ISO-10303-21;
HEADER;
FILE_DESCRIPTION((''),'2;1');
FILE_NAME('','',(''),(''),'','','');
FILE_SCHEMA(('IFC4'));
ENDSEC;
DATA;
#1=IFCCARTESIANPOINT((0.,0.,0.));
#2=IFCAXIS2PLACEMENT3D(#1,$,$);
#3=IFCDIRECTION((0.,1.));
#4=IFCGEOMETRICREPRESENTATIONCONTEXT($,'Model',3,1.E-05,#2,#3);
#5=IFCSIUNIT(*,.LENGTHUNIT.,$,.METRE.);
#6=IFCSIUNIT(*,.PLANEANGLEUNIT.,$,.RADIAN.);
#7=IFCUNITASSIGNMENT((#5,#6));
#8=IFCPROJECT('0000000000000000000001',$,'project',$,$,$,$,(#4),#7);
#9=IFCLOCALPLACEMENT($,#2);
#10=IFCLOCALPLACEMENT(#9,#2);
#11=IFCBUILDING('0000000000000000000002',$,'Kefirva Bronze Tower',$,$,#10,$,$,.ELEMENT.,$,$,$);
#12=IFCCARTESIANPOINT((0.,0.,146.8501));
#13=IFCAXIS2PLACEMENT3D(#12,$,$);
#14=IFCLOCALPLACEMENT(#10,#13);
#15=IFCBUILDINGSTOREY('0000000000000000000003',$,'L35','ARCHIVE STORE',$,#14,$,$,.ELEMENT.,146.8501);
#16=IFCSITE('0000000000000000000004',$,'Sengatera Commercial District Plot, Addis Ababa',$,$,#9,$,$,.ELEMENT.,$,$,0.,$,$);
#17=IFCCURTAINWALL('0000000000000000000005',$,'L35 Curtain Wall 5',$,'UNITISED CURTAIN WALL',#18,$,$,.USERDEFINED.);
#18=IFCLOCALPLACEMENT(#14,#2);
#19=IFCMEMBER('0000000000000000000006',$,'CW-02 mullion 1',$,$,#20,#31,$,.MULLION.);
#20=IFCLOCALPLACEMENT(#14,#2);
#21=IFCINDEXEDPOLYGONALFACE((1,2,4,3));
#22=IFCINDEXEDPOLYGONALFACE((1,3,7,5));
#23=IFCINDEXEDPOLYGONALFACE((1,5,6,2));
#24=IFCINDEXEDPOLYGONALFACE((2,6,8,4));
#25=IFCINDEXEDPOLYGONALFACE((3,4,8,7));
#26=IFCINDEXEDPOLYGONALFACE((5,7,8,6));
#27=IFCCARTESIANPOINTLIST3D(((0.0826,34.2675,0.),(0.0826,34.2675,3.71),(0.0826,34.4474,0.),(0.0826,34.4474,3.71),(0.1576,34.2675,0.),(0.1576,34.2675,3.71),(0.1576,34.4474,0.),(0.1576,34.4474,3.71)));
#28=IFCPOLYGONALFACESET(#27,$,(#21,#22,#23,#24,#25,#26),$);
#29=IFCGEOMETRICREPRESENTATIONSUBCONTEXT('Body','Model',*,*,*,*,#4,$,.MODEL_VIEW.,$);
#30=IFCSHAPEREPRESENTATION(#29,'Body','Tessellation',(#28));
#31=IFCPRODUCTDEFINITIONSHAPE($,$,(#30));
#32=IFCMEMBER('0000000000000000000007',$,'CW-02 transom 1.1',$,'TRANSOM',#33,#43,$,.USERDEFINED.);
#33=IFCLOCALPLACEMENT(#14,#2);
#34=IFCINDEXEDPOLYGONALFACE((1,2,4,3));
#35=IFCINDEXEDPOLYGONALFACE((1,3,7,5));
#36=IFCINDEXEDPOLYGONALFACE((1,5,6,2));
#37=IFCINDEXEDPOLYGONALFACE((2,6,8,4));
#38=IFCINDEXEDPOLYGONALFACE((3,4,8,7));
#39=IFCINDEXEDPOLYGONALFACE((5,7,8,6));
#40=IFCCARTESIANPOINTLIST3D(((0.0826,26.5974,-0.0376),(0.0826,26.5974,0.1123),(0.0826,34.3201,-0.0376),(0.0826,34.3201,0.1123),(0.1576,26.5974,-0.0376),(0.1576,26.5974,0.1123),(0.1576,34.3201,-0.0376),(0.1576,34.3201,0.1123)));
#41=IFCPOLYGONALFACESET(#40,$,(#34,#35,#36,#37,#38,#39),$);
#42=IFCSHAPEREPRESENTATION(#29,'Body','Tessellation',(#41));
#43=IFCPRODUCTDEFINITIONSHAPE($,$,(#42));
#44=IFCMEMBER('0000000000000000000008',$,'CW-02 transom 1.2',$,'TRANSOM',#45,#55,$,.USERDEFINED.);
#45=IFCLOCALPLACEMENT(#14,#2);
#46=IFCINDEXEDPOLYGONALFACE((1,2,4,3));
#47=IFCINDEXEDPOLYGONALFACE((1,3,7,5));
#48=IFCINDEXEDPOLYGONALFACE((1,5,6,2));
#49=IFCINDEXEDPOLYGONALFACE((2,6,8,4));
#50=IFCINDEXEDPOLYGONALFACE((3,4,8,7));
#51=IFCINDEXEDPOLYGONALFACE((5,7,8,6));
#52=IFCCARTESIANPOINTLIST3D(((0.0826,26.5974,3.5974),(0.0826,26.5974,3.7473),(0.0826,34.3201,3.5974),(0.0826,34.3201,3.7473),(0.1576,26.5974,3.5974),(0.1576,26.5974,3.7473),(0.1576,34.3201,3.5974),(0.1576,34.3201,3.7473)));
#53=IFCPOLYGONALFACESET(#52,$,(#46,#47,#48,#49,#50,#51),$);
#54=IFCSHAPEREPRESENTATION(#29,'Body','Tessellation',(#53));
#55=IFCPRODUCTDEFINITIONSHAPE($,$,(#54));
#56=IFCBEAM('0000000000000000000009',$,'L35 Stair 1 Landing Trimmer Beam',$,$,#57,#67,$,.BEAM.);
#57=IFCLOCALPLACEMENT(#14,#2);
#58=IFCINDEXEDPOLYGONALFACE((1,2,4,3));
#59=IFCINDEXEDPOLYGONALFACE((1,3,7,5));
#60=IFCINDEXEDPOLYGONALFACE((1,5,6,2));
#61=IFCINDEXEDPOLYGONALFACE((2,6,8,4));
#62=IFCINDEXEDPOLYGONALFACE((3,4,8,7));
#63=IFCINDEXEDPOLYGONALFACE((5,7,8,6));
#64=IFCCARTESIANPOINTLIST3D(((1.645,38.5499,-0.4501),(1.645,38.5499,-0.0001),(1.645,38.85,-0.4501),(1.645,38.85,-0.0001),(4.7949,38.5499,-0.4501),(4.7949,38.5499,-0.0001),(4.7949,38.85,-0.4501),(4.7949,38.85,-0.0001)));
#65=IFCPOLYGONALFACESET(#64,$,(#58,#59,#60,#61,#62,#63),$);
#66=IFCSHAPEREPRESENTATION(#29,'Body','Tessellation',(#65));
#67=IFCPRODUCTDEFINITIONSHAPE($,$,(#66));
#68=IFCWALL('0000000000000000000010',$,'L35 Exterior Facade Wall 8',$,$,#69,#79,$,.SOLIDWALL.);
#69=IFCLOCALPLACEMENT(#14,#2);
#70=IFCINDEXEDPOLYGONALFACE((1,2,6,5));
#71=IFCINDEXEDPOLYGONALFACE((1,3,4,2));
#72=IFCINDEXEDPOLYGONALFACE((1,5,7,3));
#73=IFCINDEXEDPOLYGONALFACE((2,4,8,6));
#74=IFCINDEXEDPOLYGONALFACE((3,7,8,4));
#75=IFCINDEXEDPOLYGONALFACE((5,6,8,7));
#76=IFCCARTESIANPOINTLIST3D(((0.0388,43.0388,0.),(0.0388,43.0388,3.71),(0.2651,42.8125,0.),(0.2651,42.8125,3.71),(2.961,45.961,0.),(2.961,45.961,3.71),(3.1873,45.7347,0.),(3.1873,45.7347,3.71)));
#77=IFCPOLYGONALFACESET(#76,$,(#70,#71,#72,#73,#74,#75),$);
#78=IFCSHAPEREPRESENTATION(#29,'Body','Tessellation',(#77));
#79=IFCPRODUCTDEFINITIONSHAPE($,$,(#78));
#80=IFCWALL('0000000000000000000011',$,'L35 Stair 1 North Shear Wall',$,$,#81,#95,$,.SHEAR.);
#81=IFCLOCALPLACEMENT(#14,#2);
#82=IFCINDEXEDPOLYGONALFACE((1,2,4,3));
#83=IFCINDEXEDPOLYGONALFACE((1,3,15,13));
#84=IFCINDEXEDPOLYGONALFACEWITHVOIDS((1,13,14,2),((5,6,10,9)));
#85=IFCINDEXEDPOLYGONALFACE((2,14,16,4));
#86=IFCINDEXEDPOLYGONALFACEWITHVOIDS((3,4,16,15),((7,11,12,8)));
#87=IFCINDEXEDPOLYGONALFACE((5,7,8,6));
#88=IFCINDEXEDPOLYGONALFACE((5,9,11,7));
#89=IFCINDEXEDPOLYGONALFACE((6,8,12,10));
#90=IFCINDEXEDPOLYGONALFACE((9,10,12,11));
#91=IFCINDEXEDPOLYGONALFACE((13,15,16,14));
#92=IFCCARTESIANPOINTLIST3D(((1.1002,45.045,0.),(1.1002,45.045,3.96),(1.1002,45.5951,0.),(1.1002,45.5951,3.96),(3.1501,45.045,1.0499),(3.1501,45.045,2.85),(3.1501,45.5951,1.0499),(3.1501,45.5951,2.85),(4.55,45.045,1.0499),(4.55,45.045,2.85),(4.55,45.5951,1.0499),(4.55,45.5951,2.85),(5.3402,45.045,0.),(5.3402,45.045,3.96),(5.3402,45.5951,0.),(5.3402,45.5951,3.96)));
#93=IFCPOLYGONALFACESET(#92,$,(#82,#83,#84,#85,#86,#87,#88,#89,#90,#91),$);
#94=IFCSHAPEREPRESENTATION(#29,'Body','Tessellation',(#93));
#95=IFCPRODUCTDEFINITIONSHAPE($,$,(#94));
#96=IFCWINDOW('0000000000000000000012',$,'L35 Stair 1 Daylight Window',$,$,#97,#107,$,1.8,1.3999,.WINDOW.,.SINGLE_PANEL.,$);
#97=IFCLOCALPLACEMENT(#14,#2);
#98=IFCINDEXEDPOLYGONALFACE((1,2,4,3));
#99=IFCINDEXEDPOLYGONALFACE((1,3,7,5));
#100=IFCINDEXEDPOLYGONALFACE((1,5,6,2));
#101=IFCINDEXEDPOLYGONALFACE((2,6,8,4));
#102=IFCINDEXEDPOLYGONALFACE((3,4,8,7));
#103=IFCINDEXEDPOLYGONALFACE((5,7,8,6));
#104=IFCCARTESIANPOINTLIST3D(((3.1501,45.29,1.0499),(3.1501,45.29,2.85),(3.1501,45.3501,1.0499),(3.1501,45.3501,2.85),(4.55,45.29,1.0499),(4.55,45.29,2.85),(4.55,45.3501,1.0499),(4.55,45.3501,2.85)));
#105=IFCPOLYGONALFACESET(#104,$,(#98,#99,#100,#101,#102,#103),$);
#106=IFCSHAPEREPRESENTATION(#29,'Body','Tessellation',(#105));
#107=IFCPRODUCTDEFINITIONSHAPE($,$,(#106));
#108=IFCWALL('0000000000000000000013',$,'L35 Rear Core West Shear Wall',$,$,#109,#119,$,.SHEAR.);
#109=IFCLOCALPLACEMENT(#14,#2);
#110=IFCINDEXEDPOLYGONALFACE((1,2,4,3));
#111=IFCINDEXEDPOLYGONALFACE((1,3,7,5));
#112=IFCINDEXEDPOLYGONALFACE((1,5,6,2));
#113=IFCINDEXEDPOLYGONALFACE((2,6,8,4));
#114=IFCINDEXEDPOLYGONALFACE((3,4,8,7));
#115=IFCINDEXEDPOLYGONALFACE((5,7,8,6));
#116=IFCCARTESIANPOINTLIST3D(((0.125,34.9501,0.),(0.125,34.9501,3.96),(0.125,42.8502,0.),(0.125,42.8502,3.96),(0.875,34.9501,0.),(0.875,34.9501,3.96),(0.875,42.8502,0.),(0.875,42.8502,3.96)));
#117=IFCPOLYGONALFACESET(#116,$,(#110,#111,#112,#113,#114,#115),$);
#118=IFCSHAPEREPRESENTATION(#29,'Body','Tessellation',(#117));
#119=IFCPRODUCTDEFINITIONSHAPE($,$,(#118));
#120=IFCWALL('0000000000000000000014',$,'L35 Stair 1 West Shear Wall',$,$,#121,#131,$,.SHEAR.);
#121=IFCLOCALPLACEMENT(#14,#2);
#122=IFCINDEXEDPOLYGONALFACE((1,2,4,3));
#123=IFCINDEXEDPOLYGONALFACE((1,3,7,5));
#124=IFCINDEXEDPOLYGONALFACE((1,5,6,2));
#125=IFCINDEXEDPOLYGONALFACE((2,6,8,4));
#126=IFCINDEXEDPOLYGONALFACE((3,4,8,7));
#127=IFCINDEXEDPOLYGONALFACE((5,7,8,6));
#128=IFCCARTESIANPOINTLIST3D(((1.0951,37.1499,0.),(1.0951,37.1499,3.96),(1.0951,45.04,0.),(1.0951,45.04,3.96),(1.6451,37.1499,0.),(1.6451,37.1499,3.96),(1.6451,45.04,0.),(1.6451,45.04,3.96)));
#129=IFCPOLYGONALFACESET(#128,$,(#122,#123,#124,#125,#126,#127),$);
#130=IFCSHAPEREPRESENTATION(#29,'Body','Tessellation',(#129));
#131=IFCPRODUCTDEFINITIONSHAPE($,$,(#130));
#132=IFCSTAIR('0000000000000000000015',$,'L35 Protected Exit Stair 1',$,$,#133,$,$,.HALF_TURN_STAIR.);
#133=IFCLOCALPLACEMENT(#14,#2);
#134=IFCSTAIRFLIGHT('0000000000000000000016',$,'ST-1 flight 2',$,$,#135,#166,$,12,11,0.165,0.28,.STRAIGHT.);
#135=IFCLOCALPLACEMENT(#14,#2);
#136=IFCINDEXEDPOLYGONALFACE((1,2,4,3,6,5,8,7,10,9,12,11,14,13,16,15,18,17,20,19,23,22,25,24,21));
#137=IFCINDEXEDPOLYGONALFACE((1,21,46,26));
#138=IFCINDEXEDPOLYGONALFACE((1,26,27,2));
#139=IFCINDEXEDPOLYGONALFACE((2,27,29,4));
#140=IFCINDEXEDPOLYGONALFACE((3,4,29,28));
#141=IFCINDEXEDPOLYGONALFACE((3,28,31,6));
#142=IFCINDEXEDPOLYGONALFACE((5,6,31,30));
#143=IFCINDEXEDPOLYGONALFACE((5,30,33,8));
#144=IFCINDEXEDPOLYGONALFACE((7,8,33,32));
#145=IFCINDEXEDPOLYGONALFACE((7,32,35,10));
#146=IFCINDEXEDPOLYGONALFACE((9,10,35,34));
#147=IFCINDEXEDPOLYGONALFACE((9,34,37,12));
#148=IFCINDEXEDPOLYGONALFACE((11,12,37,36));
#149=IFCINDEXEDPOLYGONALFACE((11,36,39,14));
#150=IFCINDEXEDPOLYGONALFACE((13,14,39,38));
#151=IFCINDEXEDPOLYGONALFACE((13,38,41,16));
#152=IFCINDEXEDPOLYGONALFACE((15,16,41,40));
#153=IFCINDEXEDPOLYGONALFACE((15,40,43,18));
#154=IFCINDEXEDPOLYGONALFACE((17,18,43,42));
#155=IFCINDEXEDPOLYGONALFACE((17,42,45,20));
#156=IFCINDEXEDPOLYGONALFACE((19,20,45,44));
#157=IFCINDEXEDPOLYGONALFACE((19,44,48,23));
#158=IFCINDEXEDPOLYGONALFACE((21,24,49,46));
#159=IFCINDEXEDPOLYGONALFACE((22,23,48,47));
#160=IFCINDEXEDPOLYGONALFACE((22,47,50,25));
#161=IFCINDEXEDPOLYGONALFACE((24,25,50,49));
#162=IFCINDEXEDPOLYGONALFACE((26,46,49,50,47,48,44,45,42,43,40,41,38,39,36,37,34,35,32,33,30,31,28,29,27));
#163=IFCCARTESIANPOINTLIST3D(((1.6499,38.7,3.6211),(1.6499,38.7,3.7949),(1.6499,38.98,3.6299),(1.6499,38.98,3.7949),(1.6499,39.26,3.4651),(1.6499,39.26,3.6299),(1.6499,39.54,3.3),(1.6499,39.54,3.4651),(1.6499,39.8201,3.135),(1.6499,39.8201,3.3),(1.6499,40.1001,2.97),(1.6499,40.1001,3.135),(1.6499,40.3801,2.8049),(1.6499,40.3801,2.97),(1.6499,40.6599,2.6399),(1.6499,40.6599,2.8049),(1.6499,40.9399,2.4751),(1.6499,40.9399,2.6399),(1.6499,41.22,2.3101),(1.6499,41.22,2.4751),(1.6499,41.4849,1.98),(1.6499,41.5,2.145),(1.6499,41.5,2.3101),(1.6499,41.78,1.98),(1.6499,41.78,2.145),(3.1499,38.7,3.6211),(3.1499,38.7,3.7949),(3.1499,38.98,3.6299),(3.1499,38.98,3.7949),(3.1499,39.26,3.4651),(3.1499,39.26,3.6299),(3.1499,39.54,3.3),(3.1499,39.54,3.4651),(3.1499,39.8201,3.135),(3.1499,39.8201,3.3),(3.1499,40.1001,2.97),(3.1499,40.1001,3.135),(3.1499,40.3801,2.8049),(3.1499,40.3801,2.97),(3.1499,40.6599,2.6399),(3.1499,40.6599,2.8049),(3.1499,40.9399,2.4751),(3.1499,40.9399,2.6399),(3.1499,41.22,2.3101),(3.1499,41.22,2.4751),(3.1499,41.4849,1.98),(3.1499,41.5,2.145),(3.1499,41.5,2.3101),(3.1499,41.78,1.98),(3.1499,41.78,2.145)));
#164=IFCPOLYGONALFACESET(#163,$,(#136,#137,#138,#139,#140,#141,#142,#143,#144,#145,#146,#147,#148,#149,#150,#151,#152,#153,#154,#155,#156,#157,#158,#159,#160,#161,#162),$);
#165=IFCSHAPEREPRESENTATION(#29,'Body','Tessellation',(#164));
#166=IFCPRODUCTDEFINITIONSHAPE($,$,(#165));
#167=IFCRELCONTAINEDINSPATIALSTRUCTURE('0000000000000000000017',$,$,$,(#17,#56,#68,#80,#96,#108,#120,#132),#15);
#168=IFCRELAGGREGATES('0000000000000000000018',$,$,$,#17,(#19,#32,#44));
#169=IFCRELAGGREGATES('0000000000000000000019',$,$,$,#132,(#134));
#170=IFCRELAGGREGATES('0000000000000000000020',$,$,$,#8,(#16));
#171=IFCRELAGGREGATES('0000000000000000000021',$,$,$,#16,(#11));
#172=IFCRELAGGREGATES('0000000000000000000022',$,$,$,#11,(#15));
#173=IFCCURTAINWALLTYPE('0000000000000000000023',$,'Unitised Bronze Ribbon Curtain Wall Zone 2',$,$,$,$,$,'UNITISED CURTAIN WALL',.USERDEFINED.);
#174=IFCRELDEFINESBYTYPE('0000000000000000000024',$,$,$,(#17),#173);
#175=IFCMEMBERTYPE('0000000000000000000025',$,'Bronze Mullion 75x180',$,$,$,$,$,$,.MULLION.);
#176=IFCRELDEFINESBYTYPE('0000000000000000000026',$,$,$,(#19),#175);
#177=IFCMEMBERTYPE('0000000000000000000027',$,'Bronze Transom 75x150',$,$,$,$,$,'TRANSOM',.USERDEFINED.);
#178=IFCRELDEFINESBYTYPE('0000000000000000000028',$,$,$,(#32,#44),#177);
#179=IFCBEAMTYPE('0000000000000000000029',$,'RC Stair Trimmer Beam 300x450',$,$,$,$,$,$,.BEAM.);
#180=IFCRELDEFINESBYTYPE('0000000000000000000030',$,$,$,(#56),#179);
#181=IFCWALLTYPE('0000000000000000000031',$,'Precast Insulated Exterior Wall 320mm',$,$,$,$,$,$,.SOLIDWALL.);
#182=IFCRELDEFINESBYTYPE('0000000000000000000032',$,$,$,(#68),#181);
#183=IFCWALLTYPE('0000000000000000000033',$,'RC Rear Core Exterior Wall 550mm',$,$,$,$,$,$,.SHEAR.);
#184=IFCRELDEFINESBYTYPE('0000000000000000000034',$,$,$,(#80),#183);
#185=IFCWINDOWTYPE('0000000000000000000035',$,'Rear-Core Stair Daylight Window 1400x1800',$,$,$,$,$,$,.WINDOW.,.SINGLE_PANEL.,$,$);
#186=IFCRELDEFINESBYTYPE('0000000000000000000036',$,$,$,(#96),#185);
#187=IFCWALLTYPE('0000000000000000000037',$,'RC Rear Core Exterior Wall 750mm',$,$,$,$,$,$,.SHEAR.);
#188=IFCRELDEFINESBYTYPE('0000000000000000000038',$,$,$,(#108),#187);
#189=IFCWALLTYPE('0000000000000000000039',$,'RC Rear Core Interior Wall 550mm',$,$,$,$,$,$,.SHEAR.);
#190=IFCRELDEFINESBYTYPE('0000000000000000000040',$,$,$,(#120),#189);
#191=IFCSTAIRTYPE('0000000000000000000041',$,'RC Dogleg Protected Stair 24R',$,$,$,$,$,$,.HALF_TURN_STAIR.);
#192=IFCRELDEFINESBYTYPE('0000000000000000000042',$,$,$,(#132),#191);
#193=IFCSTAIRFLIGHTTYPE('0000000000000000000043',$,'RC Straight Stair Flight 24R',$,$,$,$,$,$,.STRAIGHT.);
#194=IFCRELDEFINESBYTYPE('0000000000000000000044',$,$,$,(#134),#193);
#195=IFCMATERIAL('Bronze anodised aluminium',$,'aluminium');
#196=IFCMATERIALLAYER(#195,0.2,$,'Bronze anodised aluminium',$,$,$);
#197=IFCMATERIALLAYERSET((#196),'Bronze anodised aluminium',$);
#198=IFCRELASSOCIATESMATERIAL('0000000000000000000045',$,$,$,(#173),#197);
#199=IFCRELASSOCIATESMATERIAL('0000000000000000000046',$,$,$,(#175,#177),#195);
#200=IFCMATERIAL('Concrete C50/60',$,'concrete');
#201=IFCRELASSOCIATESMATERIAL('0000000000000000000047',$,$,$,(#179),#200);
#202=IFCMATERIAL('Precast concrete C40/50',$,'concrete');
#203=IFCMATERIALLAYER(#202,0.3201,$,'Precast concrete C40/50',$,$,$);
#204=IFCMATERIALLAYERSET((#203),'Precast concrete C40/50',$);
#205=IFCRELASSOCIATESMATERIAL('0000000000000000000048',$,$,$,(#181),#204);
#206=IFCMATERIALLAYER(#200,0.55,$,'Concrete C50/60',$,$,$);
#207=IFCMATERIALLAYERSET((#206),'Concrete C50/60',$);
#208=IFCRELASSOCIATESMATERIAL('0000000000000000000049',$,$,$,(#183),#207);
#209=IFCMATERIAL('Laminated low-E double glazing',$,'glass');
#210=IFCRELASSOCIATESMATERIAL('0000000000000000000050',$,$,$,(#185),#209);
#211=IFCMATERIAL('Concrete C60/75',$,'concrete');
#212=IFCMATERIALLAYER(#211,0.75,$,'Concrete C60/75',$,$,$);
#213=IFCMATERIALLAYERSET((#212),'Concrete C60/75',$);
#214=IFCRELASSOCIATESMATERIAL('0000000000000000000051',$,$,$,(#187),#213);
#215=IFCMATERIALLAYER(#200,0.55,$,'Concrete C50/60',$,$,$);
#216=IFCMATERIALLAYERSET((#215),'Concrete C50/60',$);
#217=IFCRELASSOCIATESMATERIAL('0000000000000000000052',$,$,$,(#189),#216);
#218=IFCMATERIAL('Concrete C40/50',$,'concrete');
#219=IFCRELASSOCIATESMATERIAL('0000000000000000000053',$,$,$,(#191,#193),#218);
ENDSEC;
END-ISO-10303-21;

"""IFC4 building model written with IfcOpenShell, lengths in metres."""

from ifc_helpers import new_model, si_unit, direction, frame, frame_2d, origin, origin_2d, place, context, subcontext, project, spatial, polyline, rectangle, outline, extrude, material, layer, layer_set, material_profile, profile_set, type_object, element, fill, aggregate, save


model = new_model("IFC4")

# Units and contexts
model_context = context("Model", 3, precision=1e-05, world=origin(), true_north=direction((0.0, 1.0)))
body_context = subcontext(model_context, "Body", "Model", "MODEL_VIEW")
ifc_project = project(units=[si_unit("LENGTHUNIT", "METRE"), si_unit("PLANEANGLEUNIT", "RADIAN")], contexts=[model_context])

# Site, building, storey
site_placement = place(None, origin())
site = spatial("IfcSite", under=ifc_project, at=site_placement, Name="Sengatera Commercial District Plot, Addis Ababa", CompositionType="ELEMENT", RefElevation=0.0)
building_placement = place(site_placement, origin())
building = spatial("IfcBuilding", under=site, at=building_placement, Name="Kefirva Bronze Tower", CompositionType="ELEMENT")
storey_placement = place(building_placement, frame((0.0, 0.0, 146.8501)))
storey = spatial("IfcBuildingStorey", under=building, at=storey_placement, Name="L35", Description="ARCHIVE STORE", CompositionType="ELEMENT", Elevation=146.8501)

# Curtain wall, members
ifc_material_1 = material(Name="Bronze anodised aluminium", Category="aluminium")
ifc_layer_1 = layer(ifc_material_1, 0.2, Name="Bronze anodised aluminium")
ifc_layer_set_1 = layer_set([ifc_layer_1], Name="Bronze anodised aluminium")
curtain_wall_type = type_object("IfcCurtainWallType", Name="Unitised Bronze Ribbon Curtain Wall Zone 2", ElementType="UNITISED CURTAIN WALL", PredefinedType="USERDEFINED", material=ifc_layer_set_1)
curtain_wall_placement = place(storey_placement, origin())
curtain_wall = element("IfcCurtainWall", 1, at=curtain_wall_placement, inside=storey, type_object=curtain_wall_type, Name="L35 Curtain Wall 5", ObjectType="UNITISED CURTAIN WALL", PredefinedType="USERDEFINED")
ifc_material_profile_1 = material_profile(ifc_material_1, rectangle(XDim=0.075, YDim=0.1799, at=origin_2d()), Name="ALU 75x180")
ifc_profile_set_1 = profile_set([ifc_material_profile_1], Name="Bronze anodised aluminium")
member_type_1 = type_object("IfcMemberType", Name="Bronze Mullion 75x180", PredefinedType="MULLION", material=ifc_profile_set_1)
member_1_placement = place(storey_placement, frame((0.1201, 34.3574, 0.0), z_axis=(0.0, 0.0, 1.0), x_axis=(1.0, 0.0, 0.0)))
member_1 = element("IfcMember", 2, at=member_1_placement, type_object=member_type_1, Name="CW-02 mullion 1", PredefinedType="MULLION", context=body_context, shape_type="SweptSolid", body=[
    extrude(rectangle(XDim=0.075, YDim=0.1799, at=origin_2d()), origin(), (0.0, 0.0, 1.0), 3.71),
])
ifc_material_profile_2 = material_profile(ifc_material_1, rectangle(XDim=0.075, YDim=0.1499, at=origin_2d()), Name="ALU 75x150")
ifc_profile_set_2 = profile_set([ifc_material_profile_2], Name="Bronze anodised aluminium")
member_type_2 = type_object("IfcMemberType", Name="Bronze Transom 75x150", ElementType="TRANSOM", PredefinedType="USERDEFINED", material=ifc_profile_set_2)
member_2_placement = place(storey_placement, frame((0.1201, 34.3201, 0.0374), z_axis=(0.0, -1.0, 0.0), x_axis=(1.0, 0.0, 0.0)))
member_2 = element("IfcMember", 3, at=member_2_placement, type_object=member_type_2, Name="CW-02 transom 1.1", ObjectType="TRANSOM", PredefinedType="USERDEFINED", context=body_context, shape_type="SweptSolid", body=[
    extrude(rectangle(XDim=0.075, YDim=0.1499, at=origin_2d()), origin(), (0.0, 0.0, 1.0), 7.7227),
])
member_3_placement = place(storey_placement, frame((0.1201, 34.3201, 3.6724), z_axis=(0.0, -1.0, 0.0), x_axis=(1.0, 0.0, 0.0)))
member_3 = element("IfcMember", 4, at=member_3_placement, type_object=member_type_2, Name="CW-02 transom 1.2", ObjectType="TRANSOM", PredefinedType="USERDEFINED", context=body_context, shape_type="SweptSolid", body=[
    extrude(rectangle(XDim=0.075, YDim=0.1499, at=origin_2d()), origin(), (0.0, 0.0, 1.0), 7.7227),
])
aggregate(curtain_wall, [member_1, member_2, member_3])

# Beam
ifc_material_2 = material(Name="Concrete C50/60", Category="concrete")
ifc_material_profile_3 = material_profile(ifc_material_2, rectangle(XDim=0.3, YDim=0.45, at=origin_2d()), Name="RC 300x450")
ifc_profile_set_3 = profile_set([ifc_material_profile_3], Name="Concrete C50/60")
beam_type = type_object("IfcBeamType", Name="RC Stair Trimmer Beam 300x450", PredefinedType="BEAM", material=ifc_profile_set_3)
beam_placement = place(storey_placement, frame((1.645, 38.7, -0.2251), z_axis=(1.0, 0.0, 0.0), x_axis=(0.0, 1.0, 0.0)))
element("IfcBeam", 5, at=beam_placement, inside=storey, type_object=beam_type, Name="L35 Stair 1 Landing Trimmer Beam", PredefinedType="BEAM", context=body_context, shape_type="SweptSolid", body=[
    extrude(rectangle(XDim=0.3, YDim=0.45, at=origin_2d()), origin(), (0.0, 0.0, 1.0), 3.1499),
])

# Wall
ifc_material_3 = material(Name="Precast concrete C40/50", Category="concrete")
ifc_layer_2 = layer(ifc_material_3, 0.3201, Name="Precast concrete C40/50")
ifc_layer_set_2 = layer_set([ifc_layer_2], Name="Precast concrete C40/50")
wall_type_1 = type_object("IfcWallType", Name="Precast Insulated Exterior Wall 320mm", PredefinedType="SOLIDWALL", material=ifc_layer_set_2)
wall_1_placement = place(storey_placement, frame((3.0742, 45.8479, 0.0), z_axis=(0.0, 0.0, 1.0), x_axis=(-0.707107, -0.707107, 0.0)))
element("IfcWall", 6, at=wall_1_placement, inside=storey, type_object=wall_type_1, Name="L35 Exterior Facade Wall 8", PredefinedType="SOLIDWALL", context=body_context, shape_type="SweptSolid", body=[
    extrude(rectangle(XDim=4.1326, YDim=0.3201, at=frame_2d((2.0664, 0.0))), origin(), (0.0, 0.0, 1.0), 3.71),
])

# Wall, opening, window
ifc_layer_3 = layer(ifc_material_2, 0.55, Name="Concrete C50/60")
ifc_layer_set_3 = layer_set([ifc_layer_3], Name="Concrete C50/60")
wall_type_2 = type_object("IfcWallType", Name="RC Rear Core Exterior Wall 550mm", PredefinedType="SHEAR", material=ifc_layer_set_3)
wall_2_placement = place(storey_placement, frame((1.1001, 45.3201, 0.0), z_axis=(0.0, 0.0, 1.0), x_axis=(1.0, 0.0, 0.0)))
wall_2 = element("IfcWall", 7, at=wall_2_placement, inside=storey, type_object=wall_type_2, Name="L35 Stair 1 North Shear Wall", PredefinedType="SHEAR", context=body_context, shape_type="SweptSolid", body=[
    extrude(rectangle(XDim=4.24, YDim=0.55, at=frame_2d((2.1201, 0.0))), origin(), (0.0, 0.0, 1.0), 3.96),
])
opening_1_placement = place(wall_2_placement, frame((2.05, 0.0, 1.05)))
opening_1 = element("IfcOpeningElement", 8, at=opening_1_placement, cuts=wall_2, PredefinedType="OPENING", context=body_context, shape_type="SweptSolid", body=[
    extrude(rectangle(XDim=1.3999, YDim=1.8, at=frame_2d((0.7, 0.8999))), frame((0.0, 0.2852, 0.0), z_axis=(0.0, -1.0, 0.0), x_axis=(1.0, 0.0, 0.0)), (0.0, 0.0, 1.0), 0.5701),
])
ifc_material_4 = material(Name="Laminated low-E double glazing", Category="glass")
window_type = type_object("IfcWindowType", Name="Rear-Core Stair Daylight Window 1400x1800", PartitioningType="SINGLE_PANEL", PredefinedType="WINDOW", material=ifc_material_4)
window_placement = place(opening_1_placement, origin())
window = element("IfcWindow", 9, at=window_placement, inside=storey, type_object=window_type, Name="L35 Stair 1 Daylight Window", OverallHeight=1.8, OverallWidth=1.3999, PartitioningType="SINGLE_PANEL", PredefinedType="WINDOW", context=body_context, shape_type="SweptSolid", body=[
    extrude(rectangle(XDim=1.3999, YDim=1.8, at=frame_2d((0.7, 0.8999))), frame((0.0, 0.03, 0.0), z_axis=(0.0, -1.0, 0.0), x_axis=(1.0, 0.0, 0.0)), (0.0, 0.0, 1.0), 0.0601),
])
fill(opening_1, window)

# Walls
ifc_material_5 = material(Name="Concrete C60/75", Category="concrete")
ifc_layer_4 = layer(ifc_material_5, 0.75, Name="Concrete C60/75")
ifc_layer_set_4 = layer_set([ifc_layer_4], Name="Concrete C60/75")
wall_type_3 = type_object("IfcWallType", Name="RC Rear Core Exterior Wall 750mm", PredefinedType="SHEAR", material=ifc_layer_set_4)
wall_3_placement = place(storey_placement, frame((0.5, 34.95, 0.0), z_axis=(0.0, 0.0, 1.0), x_axis=(0.0, 1.0, 0.0)))
element("IfcWall", 10, at=wall_3_placement, inside=storey, type_object=wall_type_3, Name="L35 Rear Core West Shear Wall", PredefinedType="SHEAR", context=body_context, shape_type="SweptSolid", body=[
    extrude(rectangle(XDim=7.9001, YDim=0.75, at=frame_2d((3.9502, 0.0))), origin(), (0.0, 0.0, 1.0), 3.96),
])
ifc_layer_5 = layer(ifc_material_2, 0.55, Name="Concrete C50/60")
ifc_layer_set_5 = layer_set([ifc_layer_5], Name="Concrete C50/60")
wall_type_4 = type_object("IfcWallType", Name="RC Rear Core Interior Wall 550mm", PredefinedType="SHEAR", material=ifc_layer_set_5)
wall_4_placement = place(storey_placement, frame((1.3701, 37.1499, 0.0), z_axis=(0.0, 0.0, 1.0), x_axis=(0.0, 1.0, 0.0)))
element("IfcWall", 11, at=wall_4_placement, inside=storey, type_object=wall_type_4, Name="L35 Stair 1 West Shear Wall", PredefinedType="SHEAR", context=body_context, shape_type="SweptSolid", body=[
    extrude(rectangle(XDim=7.8901, YDim=0.55, at=frame_2d((3.9451, 0.0))), origin(), (0.0, 0.0, 1.0), 3.96),
])

# Stair, stair flight
ifc_material_6 = material(Name="Concrete C40/50", Category="concrete")
stair_type = type_object("IfcStairType", Name="RC Dogleg Protected Stair 24R", PredefinedType="HALF_TURN_STAIR", material=ifc_material_6)
stair_placement = place(storey_placement, origin())
stair = element("IfcStair", 12, at=stair_placement, inside=storey, type_object=stair_type, Name="L35 Protected Exit Stair 1", PredefinedType="HALF_TURN_STAIR")
stair_flight_type = type_object("IfcStairFlightType", Name="RC Straight Stair Flight 24R", PredefinedType="STRAIGHT", material=ifc_material_6)
stair_flight_placement = place(storey_placement, frame((2.3999, 41.78, 1.98), z_axis=(0.0, 0.0, 1.0), x_axis=(0.0, -1.0, 0.0)))
stair_flight = element("IfcStairFlight", 13, at=stair_flight_placement, type_object=stair_flight_type, Name="ST-1 flight 2", NumberOfRisers=12, NumberOfTreads=11, PredefinedType="STRAIGHT", RiserHeight=0.165, TreadLength=0.28, context=body_context, shape_type="SweptSolid", body=[
    extrude(outline(polyline([(0.0, 0.0), (0.0, 0.165), (0.28, 0.165), (0.28, 0.3301), (0.5601, 0.3301), (0.5601, 0.4951), (0.8401, 0.4951), (0.8401, 0.6599), (1.1201, 0.6599), (1.1201, 0.825), (1.3999, 0.825), (1.3999, 0.99), (1.6799, 0.99), (1.6799, 1.155), (1.96, 1.155), (1.96, 1.3201), (2.24, 1.3201), (2.24, 1.4851), (2.52, 1.4851), (2.52, 1.6499), (2.8, 1.6499), (2.8, 1.8149), (3.0801, 1.8149), (3.0801, 1.98), (3.0801, 1.6411), (0.2952, 0.0), (0.0, 0.0)])), frame((0.0, 0.75, 0.0), z_axis=(0.0, -1.0, 0.0), x_axis=(1.0, 0.0, 0.0)), (0.0, 0.0, 1.0), 1.5),
])
aggregate(stair, [stair_flight])

save(model, "model.ifc")
